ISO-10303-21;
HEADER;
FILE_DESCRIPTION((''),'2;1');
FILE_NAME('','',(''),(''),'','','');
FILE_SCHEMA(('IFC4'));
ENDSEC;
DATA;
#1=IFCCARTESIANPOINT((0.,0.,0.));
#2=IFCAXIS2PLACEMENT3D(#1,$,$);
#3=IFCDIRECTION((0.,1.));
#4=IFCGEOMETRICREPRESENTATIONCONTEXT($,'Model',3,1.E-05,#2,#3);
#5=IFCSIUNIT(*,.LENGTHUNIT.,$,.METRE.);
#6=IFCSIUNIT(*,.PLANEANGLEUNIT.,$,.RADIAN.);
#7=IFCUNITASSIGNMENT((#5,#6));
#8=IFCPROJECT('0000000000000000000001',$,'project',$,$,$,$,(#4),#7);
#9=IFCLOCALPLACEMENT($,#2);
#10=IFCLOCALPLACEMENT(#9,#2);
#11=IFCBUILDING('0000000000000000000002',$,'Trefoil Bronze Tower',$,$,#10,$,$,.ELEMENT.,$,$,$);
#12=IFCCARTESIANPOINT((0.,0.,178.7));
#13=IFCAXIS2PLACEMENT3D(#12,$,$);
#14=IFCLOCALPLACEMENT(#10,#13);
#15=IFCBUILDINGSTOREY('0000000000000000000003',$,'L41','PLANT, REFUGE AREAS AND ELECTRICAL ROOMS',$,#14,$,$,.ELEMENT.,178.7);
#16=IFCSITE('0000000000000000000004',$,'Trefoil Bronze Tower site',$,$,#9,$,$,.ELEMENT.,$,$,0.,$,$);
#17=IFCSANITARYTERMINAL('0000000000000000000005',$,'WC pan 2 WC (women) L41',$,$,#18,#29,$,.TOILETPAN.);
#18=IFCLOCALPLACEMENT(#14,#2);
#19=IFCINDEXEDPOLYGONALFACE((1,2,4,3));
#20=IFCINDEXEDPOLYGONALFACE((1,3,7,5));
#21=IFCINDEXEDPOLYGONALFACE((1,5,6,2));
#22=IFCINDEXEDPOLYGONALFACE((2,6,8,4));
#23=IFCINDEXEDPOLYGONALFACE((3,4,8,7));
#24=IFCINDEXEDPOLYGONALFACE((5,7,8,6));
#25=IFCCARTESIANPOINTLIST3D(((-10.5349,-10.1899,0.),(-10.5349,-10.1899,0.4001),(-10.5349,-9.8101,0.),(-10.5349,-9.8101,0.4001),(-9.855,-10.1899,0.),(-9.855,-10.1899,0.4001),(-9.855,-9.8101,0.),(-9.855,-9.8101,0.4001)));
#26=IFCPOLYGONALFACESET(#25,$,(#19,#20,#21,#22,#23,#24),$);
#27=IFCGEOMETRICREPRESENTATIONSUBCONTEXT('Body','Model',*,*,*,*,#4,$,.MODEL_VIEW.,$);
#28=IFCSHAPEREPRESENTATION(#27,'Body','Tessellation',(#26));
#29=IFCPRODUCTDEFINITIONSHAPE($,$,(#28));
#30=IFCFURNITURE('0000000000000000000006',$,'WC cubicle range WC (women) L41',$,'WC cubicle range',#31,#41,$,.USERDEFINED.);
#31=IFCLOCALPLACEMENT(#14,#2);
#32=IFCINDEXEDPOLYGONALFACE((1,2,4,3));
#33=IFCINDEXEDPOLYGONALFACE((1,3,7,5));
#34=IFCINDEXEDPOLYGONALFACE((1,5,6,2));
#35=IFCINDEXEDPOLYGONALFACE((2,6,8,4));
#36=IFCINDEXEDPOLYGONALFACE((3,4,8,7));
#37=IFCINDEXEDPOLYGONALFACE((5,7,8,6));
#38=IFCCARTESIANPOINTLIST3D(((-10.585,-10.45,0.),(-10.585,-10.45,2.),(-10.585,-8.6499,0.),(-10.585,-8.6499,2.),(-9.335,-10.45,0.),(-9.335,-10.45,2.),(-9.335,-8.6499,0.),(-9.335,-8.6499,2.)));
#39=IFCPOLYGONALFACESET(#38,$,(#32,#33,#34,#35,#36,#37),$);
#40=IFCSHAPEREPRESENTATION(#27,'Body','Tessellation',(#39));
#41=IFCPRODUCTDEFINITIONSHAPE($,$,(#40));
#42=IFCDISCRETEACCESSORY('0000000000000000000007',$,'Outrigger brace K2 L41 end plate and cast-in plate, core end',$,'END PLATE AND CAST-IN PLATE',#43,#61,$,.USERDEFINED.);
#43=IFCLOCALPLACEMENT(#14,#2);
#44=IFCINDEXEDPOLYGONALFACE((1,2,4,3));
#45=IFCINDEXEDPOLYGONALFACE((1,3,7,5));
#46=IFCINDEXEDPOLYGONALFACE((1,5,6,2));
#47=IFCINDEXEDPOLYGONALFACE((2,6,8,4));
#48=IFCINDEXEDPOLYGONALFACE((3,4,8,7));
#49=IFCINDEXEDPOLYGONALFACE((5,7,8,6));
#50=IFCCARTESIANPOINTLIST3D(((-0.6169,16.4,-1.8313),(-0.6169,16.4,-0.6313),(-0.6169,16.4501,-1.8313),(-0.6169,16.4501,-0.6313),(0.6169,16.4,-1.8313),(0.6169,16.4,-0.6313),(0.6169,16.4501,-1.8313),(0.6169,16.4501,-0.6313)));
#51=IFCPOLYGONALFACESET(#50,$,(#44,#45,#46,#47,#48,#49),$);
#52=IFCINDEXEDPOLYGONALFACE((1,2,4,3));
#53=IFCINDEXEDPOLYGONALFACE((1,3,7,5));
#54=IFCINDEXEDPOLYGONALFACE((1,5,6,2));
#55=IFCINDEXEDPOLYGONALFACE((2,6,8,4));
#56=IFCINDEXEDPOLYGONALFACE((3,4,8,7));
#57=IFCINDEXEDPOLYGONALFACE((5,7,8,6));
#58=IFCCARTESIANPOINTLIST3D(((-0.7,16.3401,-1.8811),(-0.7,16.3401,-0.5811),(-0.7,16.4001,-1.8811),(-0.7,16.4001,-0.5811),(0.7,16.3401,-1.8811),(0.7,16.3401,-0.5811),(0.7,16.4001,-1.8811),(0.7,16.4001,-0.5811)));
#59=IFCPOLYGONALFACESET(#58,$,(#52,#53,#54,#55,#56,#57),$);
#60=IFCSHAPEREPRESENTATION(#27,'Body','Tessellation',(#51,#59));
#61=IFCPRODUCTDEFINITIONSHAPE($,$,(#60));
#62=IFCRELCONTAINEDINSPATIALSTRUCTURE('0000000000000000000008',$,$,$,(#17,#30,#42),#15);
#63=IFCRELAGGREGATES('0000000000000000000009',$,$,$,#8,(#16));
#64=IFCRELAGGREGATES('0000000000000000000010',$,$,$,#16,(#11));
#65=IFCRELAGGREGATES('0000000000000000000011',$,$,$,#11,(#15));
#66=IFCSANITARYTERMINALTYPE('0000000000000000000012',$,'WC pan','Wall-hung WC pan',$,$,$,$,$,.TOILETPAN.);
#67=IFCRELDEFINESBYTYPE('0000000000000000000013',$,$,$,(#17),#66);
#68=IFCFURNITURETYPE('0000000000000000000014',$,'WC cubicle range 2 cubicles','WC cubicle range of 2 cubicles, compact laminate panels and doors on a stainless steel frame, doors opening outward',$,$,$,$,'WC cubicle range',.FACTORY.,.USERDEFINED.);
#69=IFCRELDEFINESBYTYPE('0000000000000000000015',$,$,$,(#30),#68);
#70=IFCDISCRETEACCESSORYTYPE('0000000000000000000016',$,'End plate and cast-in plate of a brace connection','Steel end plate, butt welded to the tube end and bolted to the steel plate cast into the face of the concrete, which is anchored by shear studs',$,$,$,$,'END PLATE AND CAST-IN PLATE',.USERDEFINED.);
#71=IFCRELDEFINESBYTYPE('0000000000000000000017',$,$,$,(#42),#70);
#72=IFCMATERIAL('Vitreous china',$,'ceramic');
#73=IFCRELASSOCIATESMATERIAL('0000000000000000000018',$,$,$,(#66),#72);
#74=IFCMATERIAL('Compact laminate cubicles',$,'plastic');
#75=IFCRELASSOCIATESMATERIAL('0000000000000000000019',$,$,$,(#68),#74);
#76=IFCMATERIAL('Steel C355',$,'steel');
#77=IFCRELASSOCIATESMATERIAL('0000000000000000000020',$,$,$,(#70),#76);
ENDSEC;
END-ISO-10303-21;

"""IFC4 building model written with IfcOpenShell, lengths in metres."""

from ifc_helpers import new_model, si_unit, direction, frame, origin, origin_2d, place, context, subcontext, project, spatial, polyline, rectangle, outline, extrude, material, type_object, element, save


model = new_model("IFC4")

# Units and contexts
model_context = context("Model", 3, precision=1e-05, world=origin(), true_north=direction((0.0, 1.0)))
body_context = subcontext(model_context, "Body", "Model", "MODEL_VIEW")
ifc_project = project(units=[si_unit("LENGTHUNIT", "METRE"), si_unit("PLANEANGLEUNIT", "RADIAN")], contexts=[model_context])

# Site, building, storey
site_placement = place(None, origin())
site = spatial("IfcSite", under=ifc_project, at=site_placement, Name="Trefoil Bronze Tower site", CompositionType="ELEMENT", RefElevation=0.0)
building_placement = place(site_placement, origin())
building = spatial("IfcBuilding", under=site, at=building_placement, Name="Trefoil Bronze Tower", CompositionType="ELEMENT")
storey_placement = place(building_placement, frame((0.0, 0.0, 178.7)))
storey = spatial("IfcBuildingStorey", under=building, at=storey_placement, Name="L41", Description="PLANT, REFUGE AREAS AND ELECTRICAL ROOMS", CompositionType="ELEMENT", Elevation=178.7)

# Sanitary terminal
ifc_material_1 = material(Name="Vitreous china", Category="ceramic")
sanitary_terminal_type = type_object("IfcSanitaryTerminalType", Name="WC pan", Description="Wall-hung WC pan", PredefinedType="TOILETPAN", material=ifc_material_1)
sanitary_terminal_1_placement = place(storey_placement, origin())
element("IfcSanitaryTerminal", 1, at=sanitary_terminal_1_placement, inside=storey, type_object=sanitary_terminal_type, Name="WC pan 2 WC (women) L41", PredefinedType="TOILETPAN", context=body_context, shape_type="SweptSolid", body=[
    extrude(outline(polyline([(-9.855, -9.8101), (-10.5349, -9.8101), (-10.5349, -10.1899), (-9.855, -10.1899), (-9.855, -9.8101)])), origin(), (0.0, 0.0, 1.0), 0.4001),
])

# Furniture
ifc_material_2 = material(Name="Compact laminate cubicles", Category="plastic")
furniture_type = type_object("IfcFurnitureType", Name="WC cubicle range 2 cubicles", Description="WC cubicle range of 2 cubicles, compact laminate panels and doors on a stainless steel frame, doors opening outward", ElementType="WC cubicle range", AssemblyPlace="FACTORY", PredefinedType="USERDEFINED", material=ifc_material_2)
furniture_placement = place(storey_placement, origin())
element("IfcFurniture", 2, at=furniture_placement, inside=storey, type_object=furniture_type, Name="WC cubicle range WC (women) L41", ObjectType="WC cubicle range", PredefinedType="USERDEFINED", context=body_context, shape_type="SweptSolid", body=[
    extrude(outline(polyline([(-9.335, -8.6499), (-10.585, -8.6499), (-10.585, -10.45), (-9.335, -10.45), (-9.335, -8.6499)])), origin(), (0.0, 0.0, 1.0), 2.0),
])

# Discrete accessory
ifc_material_3 = material(Name="Steel C355", Category="steel")
discrete_accessory_type = type_object("IfcDiscreteAccessoryType", Name="End plate and cast-in plate of a brace connection", Description="Steel end plate, butt welded to the tube end and bolted to the steel plate cast into the face of the concrete, which is anchored by shear studs", ElementType="END PLATE AND CAST-IN PLATE", PredefinedType="USERDEFINED", material=ifc_material_3)
discrete_accessory_placement = place(storey_placement, frame((0.0, 16.3999, -1.2312), z_axis=(0.0, 0.0, 1.0), x_axis=(0.0, 1.0, 0.0)))
element("IfcDiscreteAccessory", 3, at=discrete_accessory_placement, inside=storey, type_object=discrete_accessory_type, Name="Outrigger brace K2 L41 end plate and cast-in plate, core end", ObjectType="END PLATE AND CAST-IN PLATE", PredefinedType="USERDEFINED", context=body_context, shape_type="SweptSolid", body=[
    extrude(rectangle(XDim=0.05, YDim=1.2339, at=origin_2d()), frame((0.0251, 0.0, -0.6001)), (0.0, 0.0, 1.0), 1.2),
    extrude(rectangle(XDim=0.0601, YDim=1.3999, at=origin_2d()), frame((-0.0298, 0.0, -0.6499)), (0.0, 0.0, 1.0), 1.3),
])

save(model, "model.ifc")
